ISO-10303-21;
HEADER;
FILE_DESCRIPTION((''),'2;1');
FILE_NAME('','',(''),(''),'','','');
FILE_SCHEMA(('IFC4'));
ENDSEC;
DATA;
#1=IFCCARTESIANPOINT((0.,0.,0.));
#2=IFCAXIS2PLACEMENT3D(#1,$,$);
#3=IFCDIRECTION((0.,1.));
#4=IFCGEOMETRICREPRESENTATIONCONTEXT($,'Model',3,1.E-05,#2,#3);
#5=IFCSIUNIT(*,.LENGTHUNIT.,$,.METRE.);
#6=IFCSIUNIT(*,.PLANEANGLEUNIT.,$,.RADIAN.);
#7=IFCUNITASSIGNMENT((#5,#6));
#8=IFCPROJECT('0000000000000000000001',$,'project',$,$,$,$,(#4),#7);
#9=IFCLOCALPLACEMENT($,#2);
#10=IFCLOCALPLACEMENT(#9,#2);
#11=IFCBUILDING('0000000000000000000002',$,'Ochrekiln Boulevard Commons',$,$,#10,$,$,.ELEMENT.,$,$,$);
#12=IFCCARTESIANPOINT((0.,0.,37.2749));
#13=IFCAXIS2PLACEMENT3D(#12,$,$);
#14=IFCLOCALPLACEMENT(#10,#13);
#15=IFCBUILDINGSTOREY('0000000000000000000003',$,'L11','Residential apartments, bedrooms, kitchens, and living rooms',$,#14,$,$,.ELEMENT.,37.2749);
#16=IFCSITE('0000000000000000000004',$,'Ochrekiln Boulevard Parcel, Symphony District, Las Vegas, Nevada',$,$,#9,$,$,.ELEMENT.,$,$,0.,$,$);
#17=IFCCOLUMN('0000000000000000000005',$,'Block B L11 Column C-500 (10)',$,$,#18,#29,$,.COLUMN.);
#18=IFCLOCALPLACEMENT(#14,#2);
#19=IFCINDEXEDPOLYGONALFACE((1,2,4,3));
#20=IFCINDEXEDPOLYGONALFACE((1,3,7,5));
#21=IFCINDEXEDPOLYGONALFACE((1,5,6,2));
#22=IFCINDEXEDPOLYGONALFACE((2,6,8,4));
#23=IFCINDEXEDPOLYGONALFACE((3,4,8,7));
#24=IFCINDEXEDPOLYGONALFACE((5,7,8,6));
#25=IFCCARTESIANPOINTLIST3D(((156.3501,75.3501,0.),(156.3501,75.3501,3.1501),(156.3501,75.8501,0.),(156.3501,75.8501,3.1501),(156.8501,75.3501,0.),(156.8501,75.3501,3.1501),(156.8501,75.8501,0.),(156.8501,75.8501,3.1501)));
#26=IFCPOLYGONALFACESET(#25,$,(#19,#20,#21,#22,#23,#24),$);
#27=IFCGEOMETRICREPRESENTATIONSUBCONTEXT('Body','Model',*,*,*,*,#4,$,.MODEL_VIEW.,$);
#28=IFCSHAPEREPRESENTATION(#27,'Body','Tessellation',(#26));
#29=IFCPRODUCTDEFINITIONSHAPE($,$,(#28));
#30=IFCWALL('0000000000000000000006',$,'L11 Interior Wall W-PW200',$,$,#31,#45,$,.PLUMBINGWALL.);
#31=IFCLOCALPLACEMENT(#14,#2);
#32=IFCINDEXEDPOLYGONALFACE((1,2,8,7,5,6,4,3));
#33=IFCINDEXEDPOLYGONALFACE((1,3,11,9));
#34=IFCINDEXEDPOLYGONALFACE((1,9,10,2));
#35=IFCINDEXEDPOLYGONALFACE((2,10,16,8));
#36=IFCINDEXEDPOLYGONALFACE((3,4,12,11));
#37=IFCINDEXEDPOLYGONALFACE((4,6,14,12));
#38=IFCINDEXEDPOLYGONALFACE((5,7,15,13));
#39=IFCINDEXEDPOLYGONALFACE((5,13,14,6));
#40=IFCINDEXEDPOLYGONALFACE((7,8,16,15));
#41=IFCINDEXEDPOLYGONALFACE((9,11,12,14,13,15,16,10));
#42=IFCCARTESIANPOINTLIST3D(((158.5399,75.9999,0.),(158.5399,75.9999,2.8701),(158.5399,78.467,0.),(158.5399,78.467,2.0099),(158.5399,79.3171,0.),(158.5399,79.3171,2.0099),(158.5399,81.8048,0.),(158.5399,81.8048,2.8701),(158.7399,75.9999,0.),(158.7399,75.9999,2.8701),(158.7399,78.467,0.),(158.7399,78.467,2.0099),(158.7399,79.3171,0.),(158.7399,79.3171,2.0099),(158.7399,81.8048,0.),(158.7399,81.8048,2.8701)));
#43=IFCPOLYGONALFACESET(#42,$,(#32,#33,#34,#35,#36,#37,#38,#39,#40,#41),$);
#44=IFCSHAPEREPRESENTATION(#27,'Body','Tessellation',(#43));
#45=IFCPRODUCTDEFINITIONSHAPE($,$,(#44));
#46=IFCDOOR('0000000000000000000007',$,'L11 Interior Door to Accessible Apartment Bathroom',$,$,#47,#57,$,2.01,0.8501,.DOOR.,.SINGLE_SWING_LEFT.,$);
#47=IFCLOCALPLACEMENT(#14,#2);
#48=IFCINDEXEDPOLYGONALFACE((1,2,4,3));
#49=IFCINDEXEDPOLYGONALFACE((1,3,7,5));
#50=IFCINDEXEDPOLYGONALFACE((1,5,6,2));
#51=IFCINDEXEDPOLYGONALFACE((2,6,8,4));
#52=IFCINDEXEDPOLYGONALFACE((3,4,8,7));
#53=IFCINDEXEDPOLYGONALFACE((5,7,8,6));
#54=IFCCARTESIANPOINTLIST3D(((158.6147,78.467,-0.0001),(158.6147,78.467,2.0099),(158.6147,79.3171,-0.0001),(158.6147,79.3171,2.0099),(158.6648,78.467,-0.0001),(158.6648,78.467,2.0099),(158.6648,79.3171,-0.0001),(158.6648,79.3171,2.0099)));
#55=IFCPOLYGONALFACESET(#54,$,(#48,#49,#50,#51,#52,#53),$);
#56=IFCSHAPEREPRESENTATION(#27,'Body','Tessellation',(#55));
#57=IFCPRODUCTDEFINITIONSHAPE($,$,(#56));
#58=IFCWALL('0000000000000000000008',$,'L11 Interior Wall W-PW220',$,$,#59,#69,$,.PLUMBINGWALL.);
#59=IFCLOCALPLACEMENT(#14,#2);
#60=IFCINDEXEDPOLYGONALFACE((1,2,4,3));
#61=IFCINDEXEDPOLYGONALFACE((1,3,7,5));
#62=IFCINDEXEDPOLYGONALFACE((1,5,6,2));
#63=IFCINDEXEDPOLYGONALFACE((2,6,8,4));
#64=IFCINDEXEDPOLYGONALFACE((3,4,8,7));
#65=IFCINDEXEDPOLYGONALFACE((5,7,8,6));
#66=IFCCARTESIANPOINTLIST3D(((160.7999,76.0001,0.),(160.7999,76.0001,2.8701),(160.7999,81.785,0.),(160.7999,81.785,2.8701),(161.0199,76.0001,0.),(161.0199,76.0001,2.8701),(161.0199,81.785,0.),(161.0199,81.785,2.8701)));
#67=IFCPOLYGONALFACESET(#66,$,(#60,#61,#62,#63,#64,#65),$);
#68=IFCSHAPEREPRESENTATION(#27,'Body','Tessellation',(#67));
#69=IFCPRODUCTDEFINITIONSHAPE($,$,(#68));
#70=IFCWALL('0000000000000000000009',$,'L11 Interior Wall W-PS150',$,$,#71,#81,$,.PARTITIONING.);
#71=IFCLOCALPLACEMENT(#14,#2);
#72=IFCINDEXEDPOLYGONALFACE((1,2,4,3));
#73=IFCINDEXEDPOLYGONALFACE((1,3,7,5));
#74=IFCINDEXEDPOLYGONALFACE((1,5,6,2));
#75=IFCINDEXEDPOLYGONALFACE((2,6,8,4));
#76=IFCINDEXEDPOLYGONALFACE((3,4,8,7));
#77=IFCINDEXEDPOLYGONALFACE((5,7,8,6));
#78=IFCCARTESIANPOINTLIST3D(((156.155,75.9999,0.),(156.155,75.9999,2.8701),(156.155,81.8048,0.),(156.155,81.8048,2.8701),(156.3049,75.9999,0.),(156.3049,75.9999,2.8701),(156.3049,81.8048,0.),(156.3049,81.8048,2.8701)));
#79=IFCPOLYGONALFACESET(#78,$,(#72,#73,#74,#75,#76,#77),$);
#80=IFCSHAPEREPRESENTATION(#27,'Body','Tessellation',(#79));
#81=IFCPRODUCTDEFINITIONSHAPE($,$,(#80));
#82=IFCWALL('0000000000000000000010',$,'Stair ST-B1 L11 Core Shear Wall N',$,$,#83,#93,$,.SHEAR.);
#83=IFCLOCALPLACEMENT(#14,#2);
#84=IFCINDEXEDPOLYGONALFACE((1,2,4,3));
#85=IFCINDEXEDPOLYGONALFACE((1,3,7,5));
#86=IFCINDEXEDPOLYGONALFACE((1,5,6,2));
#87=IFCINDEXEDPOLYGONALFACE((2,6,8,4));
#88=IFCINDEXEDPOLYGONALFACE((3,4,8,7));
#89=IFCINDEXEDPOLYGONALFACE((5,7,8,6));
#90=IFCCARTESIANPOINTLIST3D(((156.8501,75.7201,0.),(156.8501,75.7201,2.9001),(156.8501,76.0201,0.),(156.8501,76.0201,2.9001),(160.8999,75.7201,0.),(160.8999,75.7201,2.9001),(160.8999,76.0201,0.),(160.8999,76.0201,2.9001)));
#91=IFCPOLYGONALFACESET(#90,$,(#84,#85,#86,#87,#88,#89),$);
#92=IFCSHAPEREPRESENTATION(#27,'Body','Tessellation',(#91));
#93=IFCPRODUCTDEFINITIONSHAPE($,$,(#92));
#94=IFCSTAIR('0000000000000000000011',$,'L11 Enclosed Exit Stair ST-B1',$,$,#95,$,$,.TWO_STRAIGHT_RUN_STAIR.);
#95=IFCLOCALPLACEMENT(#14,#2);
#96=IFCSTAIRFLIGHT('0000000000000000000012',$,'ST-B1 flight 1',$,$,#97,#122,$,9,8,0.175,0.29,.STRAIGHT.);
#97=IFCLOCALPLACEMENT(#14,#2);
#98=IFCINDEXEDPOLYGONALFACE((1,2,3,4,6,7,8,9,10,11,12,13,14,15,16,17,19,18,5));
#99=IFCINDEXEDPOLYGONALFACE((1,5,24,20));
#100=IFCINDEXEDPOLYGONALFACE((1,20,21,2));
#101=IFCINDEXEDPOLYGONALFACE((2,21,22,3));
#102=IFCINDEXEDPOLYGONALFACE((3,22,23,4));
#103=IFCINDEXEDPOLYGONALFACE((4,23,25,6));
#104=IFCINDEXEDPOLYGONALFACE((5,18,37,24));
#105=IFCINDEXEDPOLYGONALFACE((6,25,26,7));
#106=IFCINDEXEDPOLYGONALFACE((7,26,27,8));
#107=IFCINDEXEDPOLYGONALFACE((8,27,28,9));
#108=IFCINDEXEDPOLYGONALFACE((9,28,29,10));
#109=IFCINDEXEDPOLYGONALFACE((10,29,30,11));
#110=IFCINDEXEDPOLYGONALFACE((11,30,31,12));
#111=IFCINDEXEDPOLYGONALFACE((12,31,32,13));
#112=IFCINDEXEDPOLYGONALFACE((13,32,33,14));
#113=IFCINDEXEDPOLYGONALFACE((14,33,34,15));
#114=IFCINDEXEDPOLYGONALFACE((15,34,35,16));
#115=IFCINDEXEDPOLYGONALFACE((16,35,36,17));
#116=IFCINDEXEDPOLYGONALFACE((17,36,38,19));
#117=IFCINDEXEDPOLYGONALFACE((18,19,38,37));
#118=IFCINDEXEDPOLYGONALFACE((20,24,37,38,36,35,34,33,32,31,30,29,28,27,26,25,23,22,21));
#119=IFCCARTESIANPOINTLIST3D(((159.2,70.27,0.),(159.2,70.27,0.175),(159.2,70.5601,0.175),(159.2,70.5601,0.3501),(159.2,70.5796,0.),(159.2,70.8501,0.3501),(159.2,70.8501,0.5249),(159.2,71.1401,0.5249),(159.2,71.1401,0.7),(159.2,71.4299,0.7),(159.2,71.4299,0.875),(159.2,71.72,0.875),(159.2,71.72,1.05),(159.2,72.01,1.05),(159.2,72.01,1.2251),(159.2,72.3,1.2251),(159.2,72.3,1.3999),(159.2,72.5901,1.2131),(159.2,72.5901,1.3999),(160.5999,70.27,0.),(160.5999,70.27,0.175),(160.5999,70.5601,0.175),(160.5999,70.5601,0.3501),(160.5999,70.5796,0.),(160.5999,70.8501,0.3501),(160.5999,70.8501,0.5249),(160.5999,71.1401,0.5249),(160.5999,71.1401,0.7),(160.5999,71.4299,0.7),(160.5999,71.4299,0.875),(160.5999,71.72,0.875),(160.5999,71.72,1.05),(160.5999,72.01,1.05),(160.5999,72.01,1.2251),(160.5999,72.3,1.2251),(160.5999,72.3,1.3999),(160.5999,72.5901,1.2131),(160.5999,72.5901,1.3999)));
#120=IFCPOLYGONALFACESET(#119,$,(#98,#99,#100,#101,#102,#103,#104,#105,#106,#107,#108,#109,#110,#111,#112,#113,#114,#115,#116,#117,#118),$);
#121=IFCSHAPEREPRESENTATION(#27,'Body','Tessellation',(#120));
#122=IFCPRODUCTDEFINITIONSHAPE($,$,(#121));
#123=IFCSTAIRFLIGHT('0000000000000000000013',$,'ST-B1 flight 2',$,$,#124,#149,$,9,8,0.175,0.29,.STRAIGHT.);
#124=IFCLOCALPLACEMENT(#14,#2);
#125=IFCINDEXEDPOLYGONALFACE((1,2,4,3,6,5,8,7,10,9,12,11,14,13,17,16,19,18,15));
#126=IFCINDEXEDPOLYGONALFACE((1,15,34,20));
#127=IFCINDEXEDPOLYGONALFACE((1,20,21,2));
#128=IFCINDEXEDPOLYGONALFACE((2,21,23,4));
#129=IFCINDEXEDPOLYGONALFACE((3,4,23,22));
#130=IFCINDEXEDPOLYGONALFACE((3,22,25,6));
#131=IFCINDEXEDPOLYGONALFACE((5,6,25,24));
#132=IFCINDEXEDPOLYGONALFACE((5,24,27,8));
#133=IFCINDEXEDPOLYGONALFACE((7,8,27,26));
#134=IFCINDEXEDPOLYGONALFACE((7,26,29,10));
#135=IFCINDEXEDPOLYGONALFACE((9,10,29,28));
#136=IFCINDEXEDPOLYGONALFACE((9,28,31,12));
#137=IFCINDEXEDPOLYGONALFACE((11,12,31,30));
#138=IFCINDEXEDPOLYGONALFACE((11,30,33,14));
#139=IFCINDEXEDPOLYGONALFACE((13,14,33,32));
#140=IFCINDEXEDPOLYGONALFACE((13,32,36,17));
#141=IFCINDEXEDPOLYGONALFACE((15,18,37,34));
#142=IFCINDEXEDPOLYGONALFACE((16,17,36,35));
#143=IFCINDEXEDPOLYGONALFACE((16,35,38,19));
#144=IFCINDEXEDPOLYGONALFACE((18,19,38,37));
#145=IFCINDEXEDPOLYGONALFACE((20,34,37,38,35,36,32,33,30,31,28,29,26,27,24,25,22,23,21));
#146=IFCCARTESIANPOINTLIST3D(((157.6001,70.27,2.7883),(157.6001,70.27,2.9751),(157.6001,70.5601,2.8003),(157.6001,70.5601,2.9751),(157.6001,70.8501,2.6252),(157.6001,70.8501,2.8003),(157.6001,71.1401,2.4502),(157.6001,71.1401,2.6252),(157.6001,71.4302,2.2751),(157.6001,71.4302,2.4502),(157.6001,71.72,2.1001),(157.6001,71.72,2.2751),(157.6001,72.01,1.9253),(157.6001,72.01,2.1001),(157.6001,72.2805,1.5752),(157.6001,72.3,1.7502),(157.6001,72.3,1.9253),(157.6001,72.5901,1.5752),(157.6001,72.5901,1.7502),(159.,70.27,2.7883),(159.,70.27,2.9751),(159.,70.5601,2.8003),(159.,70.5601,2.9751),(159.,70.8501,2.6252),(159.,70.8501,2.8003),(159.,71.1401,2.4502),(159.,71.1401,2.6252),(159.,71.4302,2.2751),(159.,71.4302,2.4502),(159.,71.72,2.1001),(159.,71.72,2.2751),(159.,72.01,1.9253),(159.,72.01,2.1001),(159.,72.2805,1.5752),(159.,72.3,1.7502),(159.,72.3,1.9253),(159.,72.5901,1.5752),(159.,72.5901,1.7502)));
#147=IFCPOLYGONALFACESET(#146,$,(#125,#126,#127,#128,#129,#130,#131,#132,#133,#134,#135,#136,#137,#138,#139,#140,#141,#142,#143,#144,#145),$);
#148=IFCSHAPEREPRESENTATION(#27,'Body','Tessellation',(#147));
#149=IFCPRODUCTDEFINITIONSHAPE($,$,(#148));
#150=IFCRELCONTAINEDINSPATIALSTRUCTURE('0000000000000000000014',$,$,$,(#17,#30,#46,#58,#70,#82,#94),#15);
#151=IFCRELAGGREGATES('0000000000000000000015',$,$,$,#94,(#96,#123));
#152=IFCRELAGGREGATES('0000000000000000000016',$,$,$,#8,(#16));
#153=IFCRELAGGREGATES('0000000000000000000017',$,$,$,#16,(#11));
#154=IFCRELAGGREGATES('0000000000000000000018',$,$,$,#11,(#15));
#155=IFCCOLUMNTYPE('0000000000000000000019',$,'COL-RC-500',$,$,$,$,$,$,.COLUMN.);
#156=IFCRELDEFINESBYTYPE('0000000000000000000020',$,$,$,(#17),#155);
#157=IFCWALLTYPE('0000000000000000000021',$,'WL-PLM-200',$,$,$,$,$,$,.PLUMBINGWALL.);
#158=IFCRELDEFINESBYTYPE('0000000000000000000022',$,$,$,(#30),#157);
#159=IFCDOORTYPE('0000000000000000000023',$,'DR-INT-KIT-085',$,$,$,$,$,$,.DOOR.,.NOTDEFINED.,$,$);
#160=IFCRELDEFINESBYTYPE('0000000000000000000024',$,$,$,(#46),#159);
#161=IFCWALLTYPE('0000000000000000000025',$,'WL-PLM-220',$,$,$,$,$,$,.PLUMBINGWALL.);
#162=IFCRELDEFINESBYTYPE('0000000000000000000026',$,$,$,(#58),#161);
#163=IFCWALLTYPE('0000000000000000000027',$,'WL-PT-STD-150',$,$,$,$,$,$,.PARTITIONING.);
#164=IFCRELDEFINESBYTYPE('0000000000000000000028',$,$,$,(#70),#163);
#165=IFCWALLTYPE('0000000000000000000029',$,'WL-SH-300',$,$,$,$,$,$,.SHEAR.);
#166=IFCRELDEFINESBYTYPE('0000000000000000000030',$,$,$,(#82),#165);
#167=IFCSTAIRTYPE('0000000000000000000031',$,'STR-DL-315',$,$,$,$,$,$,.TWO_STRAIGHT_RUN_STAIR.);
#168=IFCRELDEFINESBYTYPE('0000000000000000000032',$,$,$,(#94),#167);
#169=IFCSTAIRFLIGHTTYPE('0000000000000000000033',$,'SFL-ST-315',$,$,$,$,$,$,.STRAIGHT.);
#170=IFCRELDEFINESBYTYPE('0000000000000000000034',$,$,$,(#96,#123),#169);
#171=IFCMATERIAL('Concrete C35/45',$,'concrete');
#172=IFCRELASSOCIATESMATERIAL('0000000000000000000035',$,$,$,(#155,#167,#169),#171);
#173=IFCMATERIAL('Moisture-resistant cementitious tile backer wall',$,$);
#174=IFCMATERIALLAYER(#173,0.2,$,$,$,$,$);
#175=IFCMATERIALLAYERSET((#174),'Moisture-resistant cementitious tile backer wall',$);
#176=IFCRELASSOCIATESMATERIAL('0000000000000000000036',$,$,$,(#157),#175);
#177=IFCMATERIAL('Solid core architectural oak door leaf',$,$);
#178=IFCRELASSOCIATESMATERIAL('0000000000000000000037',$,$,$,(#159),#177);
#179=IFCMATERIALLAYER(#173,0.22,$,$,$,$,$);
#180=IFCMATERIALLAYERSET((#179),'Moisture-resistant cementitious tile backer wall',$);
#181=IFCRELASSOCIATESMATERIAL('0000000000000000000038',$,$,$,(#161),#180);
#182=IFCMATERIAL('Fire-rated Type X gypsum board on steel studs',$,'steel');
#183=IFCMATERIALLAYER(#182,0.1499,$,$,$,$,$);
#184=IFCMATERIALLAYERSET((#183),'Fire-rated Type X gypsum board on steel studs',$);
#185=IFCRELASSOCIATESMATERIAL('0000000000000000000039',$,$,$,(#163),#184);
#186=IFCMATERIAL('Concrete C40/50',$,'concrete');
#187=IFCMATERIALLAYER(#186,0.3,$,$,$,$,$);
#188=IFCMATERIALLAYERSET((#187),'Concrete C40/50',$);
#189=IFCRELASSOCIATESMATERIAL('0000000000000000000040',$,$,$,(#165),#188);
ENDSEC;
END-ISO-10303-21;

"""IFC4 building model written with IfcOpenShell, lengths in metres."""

from ifc_helpers import new_model, si_unit, direction, frame, frame_2d, origin, origin_2d, place, context, subcontext, project, spatial, polyline, rectangle, outline, extrude, material, layer, layer_set, material_profile, profile_set, type_object, element, fill, aggregate, save


model = new_model("IFC4")

# Units and contexts
model_context = context("Model", 3, precision=1e-05, world=origin(), true_north=direction((0.0, 1.0)))
body_context = subcontext(model_context, "Body", "Model", "MODEL_VIEW")
ifc_project = project(units=[si_unit("LENGTHUNIT", "METRE"), si_unit("PLANEANGLEUNIT", "RADIAN")], contexts=[model_context])

# Site, building, storey
site_placement = place(None, origin())
site = spatial("IfcSite", under=ifc_project, at=site_placement, Name="Ochrekiln Boulevard Parcel, Symphony District, Las Vegas, Nevada", CompositionType="ELEMENT", RefElevation=0.0)
building_placement = place(site_placement, origin())
building = spatial("IfcBuilding", under=site, at=building_placement, Name="Ochrekiln Boulevard Commons", CompositionType="ELEMENT")
storey_placement = place(building_placement, frame((0.0, 0.0, 37.2749)))
storey = spatial("IfcBuildingStorey", under=building, at=storey_placement, Name="L11", Description="Residential apartments, bedrooms, kitchens, and living rooms", CompositionType="ELEMENT", Elevation=37.2749)

# Column
ifc_material_1 = material(Name="Concrete C35/45", Category="concrete")
ifc_material_profile = material_profile(ifc_material_1, rectangle(XDim=0.5, YDim=0.5, at=origin_2d()), Name="RC-COL-500x500")
ifc_profile_set = profile_set([ifc_material_profile], Name="Concrete C35/45")
column_type = type_object("IfcColumnType", Name="COL-RC-500", PredefinedType="COLUMN", material=ifc_profile_set)
column_placement = place(storey_placement, frame((156.6001, 75.6001, 0.0), z_axis=(0.0, 0.0, 1.0), x_axis=(1.0, 0.0, 0.0)))
element("IfcColumn", 1, at=column_placement, inside=storey, type_object=column_type, Name="Block B L11 Column C-500 (10)", PredefinedType="COLUMN", context=body_context, shape_type="SweptSolid", body=[
    extrude(rectangle(XDim=0.5, YDim=0.5, at=origin_2d()), origin(), (0.0, 0.0, 1.0), 3.1501),
])

# Wall, opening, door
ifc_material_2 = material(Name="Moisture-resistant cementitious tile backer wall")
ifc_layer_1 = layer(ifc_material_2, 0.2)
ifc_layer_set_1 = layer_set([ifc_layer_1], Name="Moisture-resistant cementitious tile backer wall")
wall_type_1 = type_object("IfcWallType", Name="WL-PLM-200", PredefinedType="PLUMBINGWALL", material=ifc_layer_set_1)
wall_1_placement = place(storey_placement, frame((158.6399, 76.0, 0.0), z_axis=(0.0, 0.0, 1.0), x_axis=(0.0, 1.0, 0.0)))
wall_1 = element("IfcWall", 2, at=wall_1_placement, inside=storey, type_object=wall_type_1, Name="L11 Interior Wall W-PW200", PredefinedType="PLUMBINGWALL", context=body_context, shape_type="SweptSolid", body=[
    extrude(rectangle(XDim=5.8049, YDim=0.2, at=frame_2d((2.9023, 0.0))), origin(), (0.0, 0.0, 1.0), 2.8701),
])
opening_1_placement = place(wall_1_placement, frame((2.467, 0.0, 0.0)))
opening_1 = element("IfcOpeningElement", 3, at=opening_1_placement, cuts=wall_1, PredefinedType="OPENING", context=body_context, shape_type="SweptSolid", body=[
    extrude(rectangle(XDim=0.8501, YDim=2.01, at=frame_2d((0.425, 1.0049))), frame((0.0, 0.1099, 0.0), z_axis=(0.0, -1.0, 0.0), x_axis=(1.0, 0.0, 0.0)), (0.0, 0.0, 1.0), 0.22),
])
ifc_material_3 = material(Name="Solid core architectural oak door leaf")
door_type_1 = type_object("IfcDoorType", Name="DR-INT-KIT-085", OperationType="NOTDEFINED", PredefinedType="DOOR", material=ifc_material_3)
door_1_placement = place(opening_1_placement, frame((0.8501, 0.0, 0.0), z_axis=(0.0, 0.0, 1.0), x_axis=(-1.0, 0.0, 0.0)))
door_1 = element("IfcDoor", 4, at=door_1_placement, inside=storey, type_object=door_type_1, Name="L11 Interior Door to Accessible Apartment Bathroom", OperationType="SINGLE_SWING_LEFT", OverallHeight=2.01, OverallWidth=0.8501, PredefinedType="DOOR", context=body_context, shape_type="SweptSolid", body=[
    extrude(rectangle(XDim=0.8501, YDim=2.01, at=frame_2d((0.425, 1.0049))), frame((0.0, 0.0249, 0.0), z_axis=(0.0, -1.0, 0.0), x_axis=(1.0, 0.0, 0.0)), (0.0, 0.0, 1.0), 0.05),
])
fill(opening_1, door_1)

# Wall
ifc_layer_2 = layer(ifc_material_2, 0.22)
ifc_layer_set_2 = layer_set([ifc_layer_2], Name="Moisture-resistant cementitious tile backer wall")
wall_type_2 = type_object("IfcWallType", Name="WL-PLM-220", PredefinedType="PLUMBINGWALL", material=ifc_layer_set_2)
wall_2_placement = place(storey_placement, frame((160.9099, 76.0, 0.0), z_axis=(0.0, 0.0, 1.0), x_axis=(0.0, 1.0, 0.0)))
element("IfcWall", 5, at=wall_2_placement, inside=storey, type_object=wall_type_2, Name="L11 Interior Wall W-PW220", PredefinedType="PLUMBINGWALL", context=body_context, shape_type="SweptSolid", body=[
    extrude(rectangle(XDim=5.7849, YDim=0.22, at=frame_2d((2.8926, 0.0))), origin(), (0.0, 0.0, 1.0), 2.8701),
])

# Shared definitions
ifc_material_4 = material(Name="Fire-rated Type X gypsum board on steel studs", Category="steel")

# Walls
ifc_layer_3 = layer(ifc_material_4, 0.1499)
ifc_layer_set_3 = layer_set([ifc_layer_3], Name="Fire-rated Type X gypsum board on steel studs")
wall_type_3 = type_object("IfcWallType", Name="WL-PT-STD-150", PredefinedType="PARTITIONING", material=ifc_layer_set_3)
wall_3_placement = place(storey_placement, frame((156.23, 76.0, 0.0), z_axis=(0.0, 0.0, 1.0), x_axis=(0.0, 1.0, 0.0)))
element("IfcWall", 6, at=wall_3_placement, inside=storey, type_object=wall_type_3, Name="L11 Interior Wall W-PS150", PredefinedType="PARTITIONING", context=body_context, shape_type="SweptSolid", body=[
    extrude(rectangle(XDim=5.8049, YDim=0.1499, at=frame_2d((2.9023, 0.0))), origin(), (0.0, 0.0, 1.0), 2.8701),
])
ifc_material_5 = material(Name="Concrete C40/50", Category="concrete")
ifc_layer_4 = layer(ifc_material_5, 0.3)
ifc_layer_set_4 = layer_set([ifc_layer_4], Name="Concrete C40/50")
wall_type_4 = type_object("IfcWallType", Name="WL-SH-300", PredefinedType="SHEAR", material=ifc_layer_set_4)
wall_4_placement = place(storey_placement, frame((156.8501, 75.8701, 0.0), z_axis=(0.0, 0.0, 1.0), x_axis=(1.0, 0.0, 0.0)))
element("IfcWall", 7, at=wall_4_placement, inside=storey, type_object=wall_type_4, Name="Stair ST-B1 L11 Core Shear Wall N", PredefinedType="SHEAR", context=body_context, shape_type="SweptSolid", body=[
    extrude(rectangle(XDim=4.0498, YDim=0.3, at=frame_2d((2.0249, 0.0))), origin(), (0.0, 0.0, 1.0), 2.9001),
])

# Stair, stair flights
stair_type = type_object("IfcStairType", Name="STR-DL-315", PredefinedType="TWO_STRAIGHT_RUN_STAIR", material=ifc_material_1)
stair_placement = place(storey_placement, origin())
stair = element("IfcStair", 8, at=stair_placement, inside=storey, type_object=stair_type, Name="L11 Enclosed Exit Stair ST-B1", PredefinedType="TWO_STRAIGHT_RUN_STAIR")
stair_flight_type = type_object("IfcStairFlightType", Name="SFL-ST-315", PredefinedType="STRAIGHT", material=ifc_material_1)
stair_flight_1_placement = place(storey_placement, frame((159.8999, 70.27, 0.0), z_axis=(0.0, 0.0, 1.0), x_axis=(0.0, 1.0, 0.0)))
stair_flight_1 = element("IfcStairFlight", 9, at=stair_flight_1_placement, type_object=stair_flight_type, Name="ST-B1 flight 1", NumberOfRisers=9, NumberOfTreads=8, PredefinedType="STRAIGHT", RiserHeight=0.175, TreadLength=0.29, context=body_context, shape_type="SweptSolid", body=[
    extrude(outline(polyline([(0.0, 0.0), (0.0, 0.175), (0.29, 0.175), (0.29, 0.3501), (0.5801, 0.3501), (0.5801, 0.5249), (0.8701, 0.5249), (0.8701, 0.7), (1.1599, 0.7), (1.1599, 0.875), (1.45, 0.875), (1.45, 1.05), (1.74, 1.05), (1.74, 1.2251), (2.03, 1.2251), (2.03, 1.3999), (2.3201, 1.3999), (2.3201, 1.575), (2.3201, 1.2131), (0.3096, 0.0), (0.0, 0.0)])), frame((0.0, 0.7, 0.0), z_axis=(0.0, -1.0, 0.0), x_axis=(1.0, 0.0, 0.0)), (0.0, 0.0, 1.0), 1.3999),
])
stair_flight_2_placement = place(storey_placement, frame((158.3, 72.5901, 1.5752), z_axis=(0.0, 0.0, 1.0), x_axis=(0.0, -1.0, 0.0)))
stair_flight_2 = element("IfcStairFlight", 10, at=stair_flight_2_placement, type_object=stair_flight_type, Name="ST-B1 flight 2", NumberOfRisers=9, NumberOfTreads=8, PredefinedType="STRAIGHT", RiserHeight=0.175, TreadLength=0.29, context=body_context, shape_type="SweptSolid", body=[
    extrude(outline(polyline([(0.0, 0.0), (0.0, 0.175), (0.29, 0.175), (0.29, 0.3501), (0.5801, 0.3501), (0.5801, 0.5249), (0.8701, 0.5249), (0.8701, 0.7), (1.1599, 0.7), (1.1599, 0.875), (1.45, 0.875), (1.45, 1.05), (1.74, 1.05), (1.74, 1.2251), (2.03, 1.2251), (2.03, 1.3999), (2.3201, 1.3999), (2.3201, 1.575), (2.3201, 1.2131), (0.3096, 0.0), (0.0, 0.0)])), frame((0.0, 0.7, 0.0), z_axis=(0.0, -1.0, 0.0), x_axis=(1.0, 0.0, 0.0)), (0.0, 0.0, 1.0), 1.3999),
])
aggregate(stair, [stair_flight_1, stair_flight_2])

save(model, "model.ifc")
